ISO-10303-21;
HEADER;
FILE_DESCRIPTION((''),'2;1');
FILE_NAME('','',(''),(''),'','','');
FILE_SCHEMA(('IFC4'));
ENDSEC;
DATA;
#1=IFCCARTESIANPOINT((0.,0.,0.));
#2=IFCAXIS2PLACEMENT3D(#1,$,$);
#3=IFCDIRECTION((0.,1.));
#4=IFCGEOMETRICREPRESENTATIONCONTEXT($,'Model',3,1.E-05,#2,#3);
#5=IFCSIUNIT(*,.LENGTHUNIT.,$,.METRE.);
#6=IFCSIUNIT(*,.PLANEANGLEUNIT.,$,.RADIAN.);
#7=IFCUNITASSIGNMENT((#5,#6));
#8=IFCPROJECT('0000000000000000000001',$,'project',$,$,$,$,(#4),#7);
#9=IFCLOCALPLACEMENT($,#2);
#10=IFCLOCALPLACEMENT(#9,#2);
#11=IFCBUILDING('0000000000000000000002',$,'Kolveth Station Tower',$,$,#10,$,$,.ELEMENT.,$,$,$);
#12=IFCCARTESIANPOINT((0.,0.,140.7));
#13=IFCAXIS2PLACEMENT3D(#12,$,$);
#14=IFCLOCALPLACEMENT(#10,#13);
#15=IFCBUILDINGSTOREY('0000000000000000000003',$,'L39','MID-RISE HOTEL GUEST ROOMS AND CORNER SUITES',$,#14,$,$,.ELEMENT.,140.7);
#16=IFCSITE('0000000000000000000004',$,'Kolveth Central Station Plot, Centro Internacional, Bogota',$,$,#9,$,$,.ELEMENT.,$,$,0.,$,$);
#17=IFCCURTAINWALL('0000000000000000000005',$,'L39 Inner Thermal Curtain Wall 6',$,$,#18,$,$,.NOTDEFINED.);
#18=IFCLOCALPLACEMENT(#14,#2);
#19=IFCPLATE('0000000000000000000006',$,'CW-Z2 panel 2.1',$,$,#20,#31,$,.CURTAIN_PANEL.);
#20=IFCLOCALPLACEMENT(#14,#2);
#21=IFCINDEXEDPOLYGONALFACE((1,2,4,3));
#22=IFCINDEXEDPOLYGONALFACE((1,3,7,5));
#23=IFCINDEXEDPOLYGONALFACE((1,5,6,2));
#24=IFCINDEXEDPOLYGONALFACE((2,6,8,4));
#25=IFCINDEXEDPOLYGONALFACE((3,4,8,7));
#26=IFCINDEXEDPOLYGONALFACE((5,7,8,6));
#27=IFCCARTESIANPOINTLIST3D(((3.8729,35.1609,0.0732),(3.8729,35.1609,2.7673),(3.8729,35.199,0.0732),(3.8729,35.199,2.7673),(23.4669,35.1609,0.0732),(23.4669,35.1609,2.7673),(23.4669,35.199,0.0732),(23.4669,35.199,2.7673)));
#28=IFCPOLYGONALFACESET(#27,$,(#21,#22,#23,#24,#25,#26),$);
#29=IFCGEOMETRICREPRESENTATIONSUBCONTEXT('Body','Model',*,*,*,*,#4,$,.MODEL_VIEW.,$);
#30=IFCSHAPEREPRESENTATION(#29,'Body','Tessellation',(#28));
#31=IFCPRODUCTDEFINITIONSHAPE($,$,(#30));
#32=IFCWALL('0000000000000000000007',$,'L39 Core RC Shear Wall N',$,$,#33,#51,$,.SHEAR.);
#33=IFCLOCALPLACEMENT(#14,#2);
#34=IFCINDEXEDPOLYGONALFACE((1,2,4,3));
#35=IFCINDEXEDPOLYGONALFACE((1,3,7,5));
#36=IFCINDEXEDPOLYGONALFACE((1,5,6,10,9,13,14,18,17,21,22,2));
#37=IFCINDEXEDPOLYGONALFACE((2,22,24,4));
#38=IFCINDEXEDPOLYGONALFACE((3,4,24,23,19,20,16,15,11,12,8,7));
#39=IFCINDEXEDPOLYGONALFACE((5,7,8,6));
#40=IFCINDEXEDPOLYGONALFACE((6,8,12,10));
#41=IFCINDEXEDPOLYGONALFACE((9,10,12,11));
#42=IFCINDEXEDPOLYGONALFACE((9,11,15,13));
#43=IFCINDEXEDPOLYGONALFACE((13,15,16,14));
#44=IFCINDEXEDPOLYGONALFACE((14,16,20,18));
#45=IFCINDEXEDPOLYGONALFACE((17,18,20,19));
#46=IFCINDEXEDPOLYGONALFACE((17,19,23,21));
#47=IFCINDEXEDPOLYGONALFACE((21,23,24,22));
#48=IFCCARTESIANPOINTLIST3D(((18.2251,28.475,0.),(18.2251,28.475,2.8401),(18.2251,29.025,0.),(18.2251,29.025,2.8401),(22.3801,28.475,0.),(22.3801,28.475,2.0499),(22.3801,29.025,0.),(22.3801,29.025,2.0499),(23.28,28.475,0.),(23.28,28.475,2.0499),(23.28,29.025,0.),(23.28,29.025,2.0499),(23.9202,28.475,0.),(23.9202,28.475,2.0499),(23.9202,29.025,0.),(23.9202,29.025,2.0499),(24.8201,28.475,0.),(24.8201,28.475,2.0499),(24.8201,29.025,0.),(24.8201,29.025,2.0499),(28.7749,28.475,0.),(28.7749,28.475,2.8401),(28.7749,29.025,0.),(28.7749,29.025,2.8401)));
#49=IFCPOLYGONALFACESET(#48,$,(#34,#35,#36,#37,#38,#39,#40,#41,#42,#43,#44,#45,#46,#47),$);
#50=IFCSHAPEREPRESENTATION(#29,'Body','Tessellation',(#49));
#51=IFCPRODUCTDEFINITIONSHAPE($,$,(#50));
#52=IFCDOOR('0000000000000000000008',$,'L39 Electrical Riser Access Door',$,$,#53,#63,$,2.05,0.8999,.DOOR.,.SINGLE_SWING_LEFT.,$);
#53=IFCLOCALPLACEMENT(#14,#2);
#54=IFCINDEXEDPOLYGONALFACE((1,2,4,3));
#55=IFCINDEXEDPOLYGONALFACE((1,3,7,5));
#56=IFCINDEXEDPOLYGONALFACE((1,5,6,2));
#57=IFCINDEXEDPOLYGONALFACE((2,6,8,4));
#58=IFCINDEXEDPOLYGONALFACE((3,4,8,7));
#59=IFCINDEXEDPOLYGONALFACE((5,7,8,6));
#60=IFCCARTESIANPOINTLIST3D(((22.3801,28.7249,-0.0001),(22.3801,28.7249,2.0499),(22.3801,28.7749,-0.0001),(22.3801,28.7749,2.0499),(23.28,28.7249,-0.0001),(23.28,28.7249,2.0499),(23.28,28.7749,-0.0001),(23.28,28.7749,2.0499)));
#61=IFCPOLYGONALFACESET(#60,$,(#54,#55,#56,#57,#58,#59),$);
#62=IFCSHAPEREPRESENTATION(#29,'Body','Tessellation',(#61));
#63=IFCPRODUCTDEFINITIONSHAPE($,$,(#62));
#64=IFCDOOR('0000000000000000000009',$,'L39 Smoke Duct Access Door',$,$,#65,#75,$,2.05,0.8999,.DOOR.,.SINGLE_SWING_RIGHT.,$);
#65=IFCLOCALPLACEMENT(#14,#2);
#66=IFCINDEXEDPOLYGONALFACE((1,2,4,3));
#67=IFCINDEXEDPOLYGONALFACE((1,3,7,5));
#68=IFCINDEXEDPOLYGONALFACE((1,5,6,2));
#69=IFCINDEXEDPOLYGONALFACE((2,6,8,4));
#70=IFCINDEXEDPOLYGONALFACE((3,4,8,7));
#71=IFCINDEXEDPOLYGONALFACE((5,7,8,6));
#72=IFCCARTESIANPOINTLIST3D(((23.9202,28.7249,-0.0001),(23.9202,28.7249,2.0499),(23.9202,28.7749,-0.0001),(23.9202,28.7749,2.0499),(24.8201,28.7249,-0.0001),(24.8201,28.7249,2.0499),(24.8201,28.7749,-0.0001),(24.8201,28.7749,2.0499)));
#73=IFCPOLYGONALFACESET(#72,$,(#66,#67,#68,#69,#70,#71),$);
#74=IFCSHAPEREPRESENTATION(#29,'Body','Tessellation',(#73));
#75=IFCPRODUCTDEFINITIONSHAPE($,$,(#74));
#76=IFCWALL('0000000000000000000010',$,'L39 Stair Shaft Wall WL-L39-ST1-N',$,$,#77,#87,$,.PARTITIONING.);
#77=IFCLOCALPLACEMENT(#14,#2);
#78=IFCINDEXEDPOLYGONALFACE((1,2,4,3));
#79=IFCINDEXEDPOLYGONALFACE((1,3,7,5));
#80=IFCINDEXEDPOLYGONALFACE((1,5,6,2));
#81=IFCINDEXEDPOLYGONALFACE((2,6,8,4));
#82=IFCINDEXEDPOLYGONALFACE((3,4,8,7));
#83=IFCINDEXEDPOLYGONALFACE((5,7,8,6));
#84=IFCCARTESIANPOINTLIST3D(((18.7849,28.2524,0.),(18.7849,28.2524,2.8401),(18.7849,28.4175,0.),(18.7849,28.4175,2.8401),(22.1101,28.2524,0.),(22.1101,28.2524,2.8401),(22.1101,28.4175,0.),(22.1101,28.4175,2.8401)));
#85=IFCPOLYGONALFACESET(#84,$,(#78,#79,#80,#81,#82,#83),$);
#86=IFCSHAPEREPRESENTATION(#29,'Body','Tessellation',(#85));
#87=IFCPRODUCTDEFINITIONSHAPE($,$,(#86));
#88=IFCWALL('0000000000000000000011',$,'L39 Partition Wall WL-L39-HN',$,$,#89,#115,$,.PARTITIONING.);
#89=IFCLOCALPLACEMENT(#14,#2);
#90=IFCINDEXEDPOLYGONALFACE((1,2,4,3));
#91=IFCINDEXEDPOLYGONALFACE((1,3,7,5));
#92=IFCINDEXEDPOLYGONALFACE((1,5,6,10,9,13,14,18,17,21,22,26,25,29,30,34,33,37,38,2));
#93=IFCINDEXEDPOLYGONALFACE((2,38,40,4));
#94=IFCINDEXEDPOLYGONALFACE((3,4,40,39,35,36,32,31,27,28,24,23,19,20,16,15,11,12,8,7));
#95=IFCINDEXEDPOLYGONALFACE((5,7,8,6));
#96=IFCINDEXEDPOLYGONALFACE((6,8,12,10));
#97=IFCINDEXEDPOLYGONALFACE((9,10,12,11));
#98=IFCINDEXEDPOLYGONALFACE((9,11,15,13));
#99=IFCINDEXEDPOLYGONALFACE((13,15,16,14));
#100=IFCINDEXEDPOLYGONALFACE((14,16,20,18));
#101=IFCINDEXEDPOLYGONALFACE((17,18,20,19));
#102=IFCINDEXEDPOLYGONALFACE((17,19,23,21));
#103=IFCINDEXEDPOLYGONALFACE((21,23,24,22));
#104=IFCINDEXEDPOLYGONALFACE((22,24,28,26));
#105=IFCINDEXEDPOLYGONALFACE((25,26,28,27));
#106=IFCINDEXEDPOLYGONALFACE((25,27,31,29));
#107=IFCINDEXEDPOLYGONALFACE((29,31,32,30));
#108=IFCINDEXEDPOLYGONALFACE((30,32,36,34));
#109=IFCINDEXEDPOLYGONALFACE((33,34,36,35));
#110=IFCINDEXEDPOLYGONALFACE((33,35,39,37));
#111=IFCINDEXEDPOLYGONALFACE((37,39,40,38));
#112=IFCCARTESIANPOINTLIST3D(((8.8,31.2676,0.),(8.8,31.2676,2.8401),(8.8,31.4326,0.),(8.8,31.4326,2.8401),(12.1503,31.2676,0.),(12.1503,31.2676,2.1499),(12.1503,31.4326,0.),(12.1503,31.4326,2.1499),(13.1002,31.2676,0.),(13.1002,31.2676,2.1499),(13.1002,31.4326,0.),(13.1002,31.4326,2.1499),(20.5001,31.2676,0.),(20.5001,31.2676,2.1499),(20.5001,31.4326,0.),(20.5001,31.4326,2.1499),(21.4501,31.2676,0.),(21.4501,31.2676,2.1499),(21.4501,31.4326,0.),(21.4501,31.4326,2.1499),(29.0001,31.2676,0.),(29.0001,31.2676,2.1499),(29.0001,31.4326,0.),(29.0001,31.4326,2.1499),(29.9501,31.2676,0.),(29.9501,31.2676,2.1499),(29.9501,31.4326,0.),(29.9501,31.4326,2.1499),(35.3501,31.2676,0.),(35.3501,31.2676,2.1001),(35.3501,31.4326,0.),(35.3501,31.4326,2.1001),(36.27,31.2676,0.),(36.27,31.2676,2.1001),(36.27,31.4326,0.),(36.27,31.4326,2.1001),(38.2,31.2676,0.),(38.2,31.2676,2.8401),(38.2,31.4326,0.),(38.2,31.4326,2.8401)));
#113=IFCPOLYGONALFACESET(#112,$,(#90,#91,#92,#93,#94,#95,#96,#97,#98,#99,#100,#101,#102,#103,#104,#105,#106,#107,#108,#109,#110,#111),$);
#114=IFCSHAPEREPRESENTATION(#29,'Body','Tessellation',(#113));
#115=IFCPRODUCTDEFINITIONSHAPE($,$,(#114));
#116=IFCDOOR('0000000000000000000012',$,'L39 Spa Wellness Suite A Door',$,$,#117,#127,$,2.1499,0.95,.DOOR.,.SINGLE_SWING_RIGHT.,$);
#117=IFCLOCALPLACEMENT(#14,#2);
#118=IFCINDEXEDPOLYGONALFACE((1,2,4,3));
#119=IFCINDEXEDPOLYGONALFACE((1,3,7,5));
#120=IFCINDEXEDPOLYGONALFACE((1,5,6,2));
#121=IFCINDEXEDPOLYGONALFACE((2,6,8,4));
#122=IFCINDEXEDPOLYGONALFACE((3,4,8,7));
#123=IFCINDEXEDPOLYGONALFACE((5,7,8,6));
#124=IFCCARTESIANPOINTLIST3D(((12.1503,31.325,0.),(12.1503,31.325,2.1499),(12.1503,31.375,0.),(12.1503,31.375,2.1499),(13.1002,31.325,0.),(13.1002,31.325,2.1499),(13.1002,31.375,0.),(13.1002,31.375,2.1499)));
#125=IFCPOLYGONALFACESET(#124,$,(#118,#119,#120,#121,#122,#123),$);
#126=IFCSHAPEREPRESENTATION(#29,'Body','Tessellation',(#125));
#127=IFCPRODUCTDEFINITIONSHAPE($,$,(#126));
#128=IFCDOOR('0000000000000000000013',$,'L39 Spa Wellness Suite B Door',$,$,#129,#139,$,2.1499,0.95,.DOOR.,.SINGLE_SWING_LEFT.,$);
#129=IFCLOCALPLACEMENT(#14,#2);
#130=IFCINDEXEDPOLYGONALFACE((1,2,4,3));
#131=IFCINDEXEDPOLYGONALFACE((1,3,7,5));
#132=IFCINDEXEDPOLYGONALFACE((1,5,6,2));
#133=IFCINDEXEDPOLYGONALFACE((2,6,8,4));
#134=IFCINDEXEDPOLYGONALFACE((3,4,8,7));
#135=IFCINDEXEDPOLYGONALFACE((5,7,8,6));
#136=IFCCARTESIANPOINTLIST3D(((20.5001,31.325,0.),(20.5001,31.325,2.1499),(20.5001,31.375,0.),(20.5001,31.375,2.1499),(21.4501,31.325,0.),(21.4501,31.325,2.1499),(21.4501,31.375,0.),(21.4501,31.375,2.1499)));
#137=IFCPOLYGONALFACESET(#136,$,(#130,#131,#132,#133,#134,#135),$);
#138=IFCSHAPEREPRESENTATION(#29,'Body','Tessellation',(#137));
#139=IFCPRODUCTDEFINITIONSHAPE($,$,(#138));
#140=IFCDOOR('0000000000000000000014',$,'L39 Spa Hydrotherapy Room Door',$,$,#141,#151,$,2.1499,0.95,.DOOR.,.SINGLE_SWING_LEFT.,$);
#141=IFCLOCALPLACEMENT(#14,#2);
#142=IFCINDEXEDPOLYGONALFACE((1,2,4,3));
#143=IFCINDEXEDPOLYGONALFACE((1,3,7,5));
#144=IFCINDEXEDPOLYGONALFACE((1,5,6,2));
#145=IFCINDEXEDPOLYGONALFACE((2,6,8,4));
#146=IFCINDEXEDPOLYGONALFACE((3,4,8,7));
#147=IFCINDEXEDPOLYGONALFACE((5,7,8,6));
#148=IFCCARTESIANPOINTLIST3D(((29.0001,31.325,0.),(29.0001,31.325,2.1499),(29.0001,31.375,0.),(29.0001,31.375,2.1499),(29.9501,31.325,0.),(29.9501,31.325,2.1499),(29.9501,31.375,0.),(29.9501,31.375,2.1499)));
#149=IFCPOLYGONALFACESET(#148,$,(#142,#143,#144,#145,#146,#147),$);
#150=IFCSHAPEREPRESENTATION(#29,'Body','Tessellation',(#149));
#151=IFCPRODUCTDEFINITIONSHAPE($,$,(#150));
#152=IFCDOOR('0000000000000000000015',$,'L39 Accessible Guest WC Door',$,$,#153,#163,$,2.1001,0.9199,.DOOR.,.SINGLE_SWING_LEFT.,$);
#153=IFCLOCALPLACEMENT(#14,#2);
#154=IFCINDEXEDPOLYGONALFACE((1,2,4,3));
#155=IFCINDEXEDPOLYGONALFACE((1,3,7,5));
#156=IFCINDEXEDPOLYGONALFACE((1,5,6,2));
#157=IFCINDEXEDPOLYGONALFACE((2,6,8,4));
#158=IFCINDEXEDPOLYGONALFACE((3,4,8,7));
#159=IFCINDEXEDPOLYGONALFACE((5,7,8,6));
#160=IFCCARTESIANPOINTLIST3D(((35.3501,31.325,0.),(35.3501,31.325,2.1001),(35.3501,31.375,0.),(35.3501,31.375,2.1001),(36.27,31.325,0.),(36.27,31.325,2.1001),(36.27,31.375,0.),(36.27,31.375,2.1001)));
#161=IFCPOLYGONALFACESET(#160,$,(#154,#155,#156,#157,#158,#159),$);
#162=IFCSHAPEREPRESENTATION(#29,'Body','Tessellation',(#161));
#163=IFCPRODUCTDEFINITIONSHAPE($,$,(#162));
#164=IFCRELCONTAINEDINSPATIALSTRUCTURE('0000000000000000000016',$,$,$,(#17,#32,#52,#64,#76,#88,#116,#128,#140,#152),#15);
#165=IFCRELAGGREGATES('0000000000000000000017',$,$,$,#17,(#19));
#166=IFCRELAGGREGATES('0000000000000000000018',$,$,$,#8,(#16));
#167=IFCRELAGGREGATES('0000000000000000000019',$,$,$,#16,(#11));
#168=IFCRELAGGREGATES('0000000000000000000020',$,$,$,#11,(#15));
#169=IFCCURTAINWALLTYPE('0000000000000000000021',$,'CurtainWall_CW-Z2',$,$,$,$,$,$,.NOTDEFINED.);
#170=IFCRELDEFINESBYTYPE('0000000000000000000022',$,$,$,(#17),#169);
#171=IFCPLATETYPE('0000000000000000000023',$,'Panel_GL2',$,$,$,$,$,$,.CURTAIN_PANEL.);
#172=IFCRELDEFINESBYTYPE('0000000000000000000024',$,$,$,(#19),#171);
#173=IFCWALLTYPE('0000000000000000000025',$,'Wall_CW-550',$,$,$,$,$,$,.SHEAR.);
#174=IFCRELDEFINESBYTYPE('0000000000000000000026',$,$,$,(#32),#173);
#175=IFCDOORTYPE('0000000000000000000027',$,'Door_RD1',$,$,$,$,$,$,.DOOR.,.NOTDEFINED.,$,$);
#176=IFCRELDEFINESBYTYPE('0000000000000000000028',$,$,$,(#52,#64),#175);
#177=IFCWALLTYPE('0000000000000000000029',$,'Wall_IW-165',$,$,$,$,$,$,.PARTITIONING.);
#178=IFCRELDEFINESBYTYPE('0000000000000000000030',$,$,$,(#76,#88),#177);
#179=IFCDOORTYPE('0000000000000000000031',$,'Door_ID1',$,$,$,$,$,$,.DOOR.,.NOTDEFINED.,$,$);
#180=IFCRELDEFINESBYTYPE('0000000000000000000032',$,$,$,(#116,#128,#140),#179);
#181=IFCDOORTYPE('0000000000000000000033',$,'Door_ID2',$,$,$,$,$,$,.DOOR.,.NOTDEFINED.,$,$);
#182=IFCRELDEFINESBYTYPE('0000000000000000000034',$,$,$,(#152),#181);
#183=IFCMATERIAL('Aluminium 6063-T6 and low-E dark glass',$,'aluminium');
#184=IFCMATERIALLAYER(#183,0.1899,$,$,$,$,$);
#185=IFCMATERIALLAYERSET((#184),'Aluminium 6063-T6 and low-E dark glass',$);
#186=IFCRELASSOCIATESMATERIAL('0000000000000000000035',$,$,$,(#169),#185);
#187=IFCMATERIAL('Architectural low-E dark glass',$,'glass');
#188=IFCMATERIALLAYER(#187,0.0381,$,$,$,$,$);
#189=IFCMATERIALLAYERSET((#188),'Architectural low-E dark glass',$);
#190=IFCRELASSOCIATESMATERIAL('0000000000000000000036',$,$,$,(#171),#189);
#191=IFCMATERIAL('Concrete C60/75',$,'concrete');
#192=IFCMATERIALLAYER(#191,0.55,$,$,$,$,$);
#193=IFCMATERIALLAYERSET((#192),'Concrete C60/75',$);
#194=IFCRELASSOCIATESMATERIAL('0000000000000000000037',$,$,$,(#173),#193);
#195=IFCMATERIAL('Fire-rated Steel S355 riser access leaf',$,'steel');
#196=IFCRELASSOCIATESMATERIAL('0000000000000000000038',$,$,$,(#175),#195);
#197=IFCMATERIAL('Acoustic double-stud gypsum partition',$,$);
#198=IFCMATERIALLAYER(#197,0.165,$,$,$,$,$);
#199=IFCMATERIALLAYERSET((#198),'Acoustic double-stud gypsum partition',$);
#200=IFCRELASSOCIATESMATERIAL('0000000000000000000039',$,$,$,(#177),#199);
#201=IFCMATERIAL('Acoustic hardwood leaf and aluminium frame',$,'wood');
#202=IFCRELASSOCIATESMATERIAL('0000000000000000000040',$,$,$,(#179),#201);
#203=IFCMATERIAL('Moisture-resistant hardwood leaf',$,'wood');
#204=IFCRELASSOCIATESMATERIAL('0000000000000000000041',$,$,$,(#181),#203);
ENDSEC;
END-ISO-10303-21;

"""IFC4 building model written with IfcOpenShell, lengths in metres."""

from ifc_helpers import new_model, si_unit, direction, frame, frame_2d, origin, origin_2d, place, context, subcontext, project, spatial, rectangle, extrude, source, transform, mapped, material, layer, layer_set, type_object, element, fill, aggregate, save


model = new_model("IFC4")

# Units and contexts
model_context = context("Model", 3, precision=1e-05, world=origin(), true_north=direction((0.0, 1.0)))
body_context = subcontext(model_context, "Body", "Model", "MODEL_VIEW")
ifc_project = project(units=[si_unit("LENGTHUNIT", "METRE"), si_unit("PLANEANGLEUNIT", "RADIAN")], contexts=[model_context])

# Site, building, storey
site_placement = place(None, origin())
site = spatial("IfcSite", under=ifc_project, at=site_placement, Name="Kolveth Central Station Plot, Centro Internacional, Bogota", CompositionType="ELEMENT", RefElevation=0.0)
building_placement = place(site_placement, origin())
building = spatial("IfcBuilding", under=site, at=building_placement, Name="Kolveth Station Tower", CompositionType="ELEMENT")
storey_placement = place(building_placement, frame((0.0, 0.0, 140.7)))
storey = spatial("IfcBuildingStorey", under=building, at=storey_placement, Name="L39", Description="MID-RISE HOTEL GUEST ROOMS AND CORNER SUITES", CompositionType="ELEMENT", Elevation=140.7)

# Curtain wall, plate
ifc_material_1 = material(Name="Aluminium 6063-T6 and low-E dark glass", Category="aluminium")
ifc_layer_1 = layer(ifc_material_1, 0.1899)
ifc_layer_set_1 = layer_set([ifc_layer_1], Name="Aluminium 6063-T6 and low-E dark glass")
curtain_wall_type = type_object("IfcCurtainWallType", Name="CurtainWall_CW-Z2", PredefinedType="NOTDEFINED", material=ifc_layer_set_1)
curtain_wall_placement = place(storey_placement, origin())
curtain_wall = element("IfcCurtainWall", 1, at=curtain_wall_placement, inside=storey, type_object=curtain_wall_type, Name="L39 Inner Thermal Curtain Wall 6", PredefinedType="NOTDEFINED")
ifc_material_2 = material(Name="Architectural low-E dark glass", Category="glass")
ifc_layer_2 = layer(ifc_material_2, 0.0381)
ifc_layer_set_2 = layer_set([ifc_layer_2], Name="Architectural low-E dark glass")
plate_type = type_object("IfcPlateType", Name="Panel_GL2", PredefinedType="CURTAIN_PANEL", material=ifc_layer_set_2)
shared_shape_1 = source(origin(), body_context, "Body", "SweptSolid", [
    extrude(rectangle(XDim=19.594, YDim=0.0381, at=origin_2d()), origin(), (0.0, 0.0, 1.0), 2.6941),
])
plate_placement = place(storey_placement, frame((13.6699, 35.1799, 0.0732), z_axis=(0.0, 0.0, 1.0), x_axis=(-1.0, 0.0, 0.0)))
plate = element("IfcPlate", 2, at=plate_placement, type_object=plate_type, Name="CW-Z2 panel 2.1", PredefinedType="CURTAIN_PANEL", context=body_context, shape_type="MappedRepresentation", body=[
    mapped(shared_shape_1, transform((0.0, 0.0, 0.0), x_axis=(1.0, 0.0, 0.0), y_axis=(0.0, 1.0, 0.0), z_axis=(0.0, 0.0, 1.0), scale=1.0)),
])
aggregate(curtain_wall, [plate])

# Wall, openings, doors
ifc_material_3 = material(Name="Concrete C60/75", Category="concrete")
ifc_layer_3 = layer(ifc_material_3, 0.55)
ifc_layer_set_3 = layer_set([ifc_layer_3], Name="Concrete C60/75")
wall_type_1 = type_object("IfcWallType", Name="Wall_CW-550", PredefinedType="SHEAR", material=ifc_layer_set_3)
wall_1_placement = place(storey_placement, frame((18.2251, 28.75, 0.0), z_axis=(0.0, 0.0, 1.0), x_axis=(1.0, 0.0, 0.0)))
wall_1 = element("IfcWall", 3, at=wall_1_placement, inside=storey, type_object=wall_type_1, Name="L39 Core RC Shear Wall N", PredefinedType="SHEAR", context=body_context, shape_type="SweptSolid", body=[
    extrude(rectangle(XDim=10.5498, YDim=0.55, at=frame_2d((5.2749, 0.0))), origin(), (0.0, 0.0, 1.0), 2.8401),
])
opening_1_placement = place(wall_1_placement, frame((4.155, 0.0, 0.0)))
opening_1 = element("IfcOpeningElement", 4, at=opening_1_placement, cuts=wall_1, PredefinedType="OPENING", context=body_context, shape_type="SweptSolid", body=[
    extrude(rectangle(XDim=0.8999, YDim=2.05, at=frame_2d((0.45, 1.0249))), frame((0.0, 0.2849, 0.0), z_axis=(0.0, -1.0, 0.0), x_axis=(1.0, 0.0, 0.0)), (0.0, 0.0, 1.0), 0.5701),
])
opening_2_placement = place(wall_1_placement, frame((5.6951, 0.0, 0.0)))
opening_2 = element("IfcOpeningElement", 5, at=opening_2_placement, cuts=wall_1, PredefinedType="OPENING", context=body_context, shape_type="SweptSolid", body=[
    extrude(rectangle(XDim=0.8999, YDim=2.05, at=frame_2d((0.45, 1.0249))), frame((0.0, 0.2849, 0.0), z_axis=(0.0, -1.0, 0.0), x_axis=(1.0, 0.0, 0.0)), (0.0, 0.0, 1.0), 0.5701),
])
ifc_material_4 = material(Name="Fire-rated Steel S355 riser access leaf", Category="steel")
door_type_1 = type_object("IfcDoorType", Name="Door_RD1", OperationType="NOTDEFINED", PredefinedType="DOOR", material=ifc_material_4)
door_1_placement = place(opening_1_placement, origin())
door_1 = element("IfcDoor", 6, at=door_1_placement, inside=storey, type_object=door_type_1, Name="L39 Electrical Riser Access Door", OperationType="SINGLE_SWING_LEFT", OverallHeight=2.05, OverallWidth=0.8999, PredefinedType="DOOR", context=body_context, shape_type="SweptSolid", body=[
    extrude(rectangle(XDim=0.8999, YDim=2.05, at=frame_2d((0.45, 1.0249))), frame((0.0, 0.0249, 0.0), z_axis=(0.0, -1.0, 0.0), x_axis=(1.0, 0.0, 0.0)), (0.0, 0.0, 1.0), 0.05),
])
fill(opening_1, door_1)
door_2_placement = place(opening_2_placement, origin())
door_2 = element("IfcDoor", 7, at=door_2_placement, inside=storey, type_object=door_type_1, Name="L39 Smoke Duct Access Door", OperationType="SINGLE_SWING_RIGHT", OverallHeight=2.05, OverallWidth=0.8999, PredefinedType="DOOR", context=body_context, shape_type="SweptSolid", body=[
    extrude(rectangle(XDim=0.8999, YDim=2.05, at=frame_2d((0.45, 1.0249))), frame((0.0, 0.0249, 0.0), z_axis=(0.0, -1.0, 0.0), x_axis=(1.0, 0.0, 0.0)), (0.0, 0.0, 1.0), 0.05),
])
fill(opening_2, door_2)

# Wall
ifc_material_5 = material(Name="Acoustic double-stud gypsum partition")
ifc_layer_4 = layer(ifc_material_5, 0.165)
ifc_layer_set_4 = layer_set([ifc_layer_4], Name="Acoustic double-stud gypsum partition")
wall_type_2 = type_object("IfcWallType", Name="Wall_IW-165", PredefinedType="PARTITIONING", material=ifc_layer_set_4)
wall_2_placement = place(storey_placement, frame((18.7849, 28.335, 0.0), z_axis=(0.0, 0.0, 1.0), x_axis=(1.0, 0.0, 0.0)))
element("IfcWall", 8, at=wall_2_placement, inside=storey, type_object=wall_type_2, Name="L39 Stair Shaft Wall WL-L39-ST1-N", PredefinedType="PARTITIONING", context=body_context, shape_type="SweptSolid", body=[
    extrude(rectangle(XDim=3.3252, YDim=0.165, at=frame_2d((1.6626, 0.0))), origin(), (0.0, 0.0, 1.0), 2.8401),
])

# Wall, openings, doors
wall_3_placement = place(storey_placement, frame((8.8, 31.3501, 0.0), z_axis=(0.0, 0.0, 1.0), x_axis=(1.0, 0.0, 0.0)))
wall_3 = element("IfcWall", 9, at=wall_3_placement, inside=storey, type_object=wall_type_2, Name="L39 Partition Wall WL-L39-HN", PredefinedType="PARTITIONING", context=body_context, shape_type="SweptSolid", body=[
    extrude(rectangle(XDim=29.3999, YDim=0.165, at=frame_2d((14.7, 0.0))), origin(), (0.0, 0.0, 1.0), 2.8401),
])
opening_3_placement = place(wall_3_placement, frame((3.3501, 0.0, 0.0)))
opening_3 = element("IfcOpeningElement", 10, at=opening_3_placement, cuts=wall_3, PredefinedType="OPENING", context=body_context, shape_type="SweptSolid", body=[
    extrude(rectangle(XDim=0.95, YDim=2.1499, at=frame_2d((0.4751, 1.075))), frame((0.0, 0.0925, 0.0), z_axis=(0.0, -1.0, 0.0), x_axis=(1.0, 0.0, 0.0)), (0.0, 0.0, 1.0), 0.1851),
])
opening_4_placement = place(wall_3_placement, frame((11.7, 0.0, 0.0)))
opening_4 = element("IfcOpeningElement", 11, at=opening_4_placement, cuts=wall_3, PredefinedType="OPENING", context=body_context, shape_type="SweptSolid", body=[
    extrude(rectangle(XDim=0.95, YDim=2.1499, at=frame_2d((0.4751, 1.075))), frame((0.0, 0.0925, 0.0), z_axis=(0.0, -1.0, 0.0), x_axis=(1.0, 0.0, 0.0)), (0.0, 0.0, 1.0), 0.1851),
])
opening_5_placement = place(wall_3_placement, frame((20.2, 0.0, 0.0)))
opening_5 = element("IfcOpeningElement", 12, at=opening_5_placement, cuts=wall_3, PredefinedType="OPENING", context=body_context, shape_type="SweptSolid", body=[
    extrude(rectangle(XDim=0.95, YDim=2.1499, at=frame_2d((0.4751, 1.075))), frame((0.0, 0.0925, 0.0), z_axis=(0.0, -1.0, 0.0), x_axis=(1.0, 0.0, 0.0)), (0.0, 0.0, 1.0), 0.1851),
])
opening_6_placement = place(wall_3_placement, frame((26.55, 0.0, 0.0)))
opening_6 = element("IfcOpeningElement", 13, at=opening_6_placement, cuts=wall_3, PredefinedType="OPENING", context=body_context, shape_type="SweptSolid", body=[
    extrude(rectangle(XDim=0.9199, YDim=2.1001, at=frame_2d((0.46, 1.05))), frame((0.0, 0.0925, 0.0), z_axis=(0.0, -1.0, 0.0), x_axis=(1.0, 0.0, 0.0)), (0.0, 0.0, 1.0), 0.1851),
])
ifc_material_6 = material(Name="Acoustic hardwood leaf and aluminium frame", Category="wood")
door_type_2 = type_object("IfcDoorType", Name="Door_ID1", OperationType="NOTDEFINED", PredefinedType="DOOR", material=ifc_material_6)
door_3_placement = place(opening_3_placement, origin())
door_3 = element("IfcDoor", 14, at=door_3_placement, inside=storey, type_object=door_type_2, Name="L39 Spa Wellness Suite A Door", OperationType="SINGLE_SWING_RIGHT", OverallHeight=2.1499, OverallWidth=0.95, PredefinedType="DOOR", context=body_context, shape_type="SweptSolid", body=[
    extrude(rectangle(XDim=0.95, YDim=2.1499, at=frame_2d((0.4751, 1.075))), frame((0.0, 0.0249, 0.0), z_axis=(0.0, -1.0, 0.0), x_axis=(1.0, 0.0, 0.0)), (0.0, 0.0, 1.0), 0.05),
])
fill(opening_3, door_3)
door_4_placement = place(opening_4_placement, origin())
door_4 = element("IfcDoor", 15, at=door_4_placement, inside=storey, type_object=door_type_2, Name="L39 Spa Wellness Suite B Door", OperationType="SINGLE_SWING_LEFT", OverallHeight=2.1499, OverallWidth=0.95, PredefinedType="DOOR", context=body_context, shape_type="SweptSolid", body=[
    extrude(rectangle(XDim=0.95, YDim=2.1499, at=frame_2d((0.4751, 1.075))), frame((0.0, 0.0249, 0.0), z_axis=(0.0, -1.0, 0.0), x_axis=(1.0, 0.0, 0.0)), (0.0, 0.0, 1.0), 0.05),
])
fill(opening_4, door_4)
door_5_placement = place(opening_5_placement, origin())
door_5 = element("IfcDoor", 16, at=door_5_placement, inside=storey, type_object=door_type_2, Name="L39 Spa Hydrotherapy Room Door", OperationType="SINGLE_SWING_LEFT", OverallHeight=2.1499, OverallWidth=0.95, PredefinedType="DOOR", context=body_context, shape_type="SweptSolid", body=[
    extrude(rectangle(XDim=0.95, YDim=2.1499, at=frame_2d((0.4751, 1.075))), frame((0.0, 0.0249, 0.0), z_axis=(0.0, -1.0, 0.0), x_axis=(1.0, 0.0, 0.0)), (0.0, 0.0, 1.0), 0.05),
])
fill(opening_5, door_5)
ifc_material_7 = material(Name="Moisture-resistant hardwood leaf", Category="wood")
door_type_3 = type_object("IfcDoorType", Name="Door_ID2", OperationType="NOTDEFINED", PredefinedType="DOOR", material=ifc_material_7)
door_6_placement = place(opening_6_placement, origin())
door_6 = element("IfcDoor", 17, at=door_6_placement, inside=storey, type_object=door_type_3, Name="L39 Accessible Guest WC Door", OperationType="SINGLE_SWING_LEFT", OverallHeight=2.1001, OverallWidth=0.9199, PredefinedType="DOOR", context=body_context, shape_type="SweptSolid", body=[
    extrude(rectangle(XDim=0.9199, YDim=2.1001, at=frame_2d((0.46, 1.05))), frame((0.0, 0.0249, 0.0), z_axis=(0.0, -1.0, 0.0), x_axis=(1.0, 0.0, 0.0)), (0.0, 0.0, 1.0), 0.05),
])
fill(opening_6, door_6)

save(model, "model.ifc")
